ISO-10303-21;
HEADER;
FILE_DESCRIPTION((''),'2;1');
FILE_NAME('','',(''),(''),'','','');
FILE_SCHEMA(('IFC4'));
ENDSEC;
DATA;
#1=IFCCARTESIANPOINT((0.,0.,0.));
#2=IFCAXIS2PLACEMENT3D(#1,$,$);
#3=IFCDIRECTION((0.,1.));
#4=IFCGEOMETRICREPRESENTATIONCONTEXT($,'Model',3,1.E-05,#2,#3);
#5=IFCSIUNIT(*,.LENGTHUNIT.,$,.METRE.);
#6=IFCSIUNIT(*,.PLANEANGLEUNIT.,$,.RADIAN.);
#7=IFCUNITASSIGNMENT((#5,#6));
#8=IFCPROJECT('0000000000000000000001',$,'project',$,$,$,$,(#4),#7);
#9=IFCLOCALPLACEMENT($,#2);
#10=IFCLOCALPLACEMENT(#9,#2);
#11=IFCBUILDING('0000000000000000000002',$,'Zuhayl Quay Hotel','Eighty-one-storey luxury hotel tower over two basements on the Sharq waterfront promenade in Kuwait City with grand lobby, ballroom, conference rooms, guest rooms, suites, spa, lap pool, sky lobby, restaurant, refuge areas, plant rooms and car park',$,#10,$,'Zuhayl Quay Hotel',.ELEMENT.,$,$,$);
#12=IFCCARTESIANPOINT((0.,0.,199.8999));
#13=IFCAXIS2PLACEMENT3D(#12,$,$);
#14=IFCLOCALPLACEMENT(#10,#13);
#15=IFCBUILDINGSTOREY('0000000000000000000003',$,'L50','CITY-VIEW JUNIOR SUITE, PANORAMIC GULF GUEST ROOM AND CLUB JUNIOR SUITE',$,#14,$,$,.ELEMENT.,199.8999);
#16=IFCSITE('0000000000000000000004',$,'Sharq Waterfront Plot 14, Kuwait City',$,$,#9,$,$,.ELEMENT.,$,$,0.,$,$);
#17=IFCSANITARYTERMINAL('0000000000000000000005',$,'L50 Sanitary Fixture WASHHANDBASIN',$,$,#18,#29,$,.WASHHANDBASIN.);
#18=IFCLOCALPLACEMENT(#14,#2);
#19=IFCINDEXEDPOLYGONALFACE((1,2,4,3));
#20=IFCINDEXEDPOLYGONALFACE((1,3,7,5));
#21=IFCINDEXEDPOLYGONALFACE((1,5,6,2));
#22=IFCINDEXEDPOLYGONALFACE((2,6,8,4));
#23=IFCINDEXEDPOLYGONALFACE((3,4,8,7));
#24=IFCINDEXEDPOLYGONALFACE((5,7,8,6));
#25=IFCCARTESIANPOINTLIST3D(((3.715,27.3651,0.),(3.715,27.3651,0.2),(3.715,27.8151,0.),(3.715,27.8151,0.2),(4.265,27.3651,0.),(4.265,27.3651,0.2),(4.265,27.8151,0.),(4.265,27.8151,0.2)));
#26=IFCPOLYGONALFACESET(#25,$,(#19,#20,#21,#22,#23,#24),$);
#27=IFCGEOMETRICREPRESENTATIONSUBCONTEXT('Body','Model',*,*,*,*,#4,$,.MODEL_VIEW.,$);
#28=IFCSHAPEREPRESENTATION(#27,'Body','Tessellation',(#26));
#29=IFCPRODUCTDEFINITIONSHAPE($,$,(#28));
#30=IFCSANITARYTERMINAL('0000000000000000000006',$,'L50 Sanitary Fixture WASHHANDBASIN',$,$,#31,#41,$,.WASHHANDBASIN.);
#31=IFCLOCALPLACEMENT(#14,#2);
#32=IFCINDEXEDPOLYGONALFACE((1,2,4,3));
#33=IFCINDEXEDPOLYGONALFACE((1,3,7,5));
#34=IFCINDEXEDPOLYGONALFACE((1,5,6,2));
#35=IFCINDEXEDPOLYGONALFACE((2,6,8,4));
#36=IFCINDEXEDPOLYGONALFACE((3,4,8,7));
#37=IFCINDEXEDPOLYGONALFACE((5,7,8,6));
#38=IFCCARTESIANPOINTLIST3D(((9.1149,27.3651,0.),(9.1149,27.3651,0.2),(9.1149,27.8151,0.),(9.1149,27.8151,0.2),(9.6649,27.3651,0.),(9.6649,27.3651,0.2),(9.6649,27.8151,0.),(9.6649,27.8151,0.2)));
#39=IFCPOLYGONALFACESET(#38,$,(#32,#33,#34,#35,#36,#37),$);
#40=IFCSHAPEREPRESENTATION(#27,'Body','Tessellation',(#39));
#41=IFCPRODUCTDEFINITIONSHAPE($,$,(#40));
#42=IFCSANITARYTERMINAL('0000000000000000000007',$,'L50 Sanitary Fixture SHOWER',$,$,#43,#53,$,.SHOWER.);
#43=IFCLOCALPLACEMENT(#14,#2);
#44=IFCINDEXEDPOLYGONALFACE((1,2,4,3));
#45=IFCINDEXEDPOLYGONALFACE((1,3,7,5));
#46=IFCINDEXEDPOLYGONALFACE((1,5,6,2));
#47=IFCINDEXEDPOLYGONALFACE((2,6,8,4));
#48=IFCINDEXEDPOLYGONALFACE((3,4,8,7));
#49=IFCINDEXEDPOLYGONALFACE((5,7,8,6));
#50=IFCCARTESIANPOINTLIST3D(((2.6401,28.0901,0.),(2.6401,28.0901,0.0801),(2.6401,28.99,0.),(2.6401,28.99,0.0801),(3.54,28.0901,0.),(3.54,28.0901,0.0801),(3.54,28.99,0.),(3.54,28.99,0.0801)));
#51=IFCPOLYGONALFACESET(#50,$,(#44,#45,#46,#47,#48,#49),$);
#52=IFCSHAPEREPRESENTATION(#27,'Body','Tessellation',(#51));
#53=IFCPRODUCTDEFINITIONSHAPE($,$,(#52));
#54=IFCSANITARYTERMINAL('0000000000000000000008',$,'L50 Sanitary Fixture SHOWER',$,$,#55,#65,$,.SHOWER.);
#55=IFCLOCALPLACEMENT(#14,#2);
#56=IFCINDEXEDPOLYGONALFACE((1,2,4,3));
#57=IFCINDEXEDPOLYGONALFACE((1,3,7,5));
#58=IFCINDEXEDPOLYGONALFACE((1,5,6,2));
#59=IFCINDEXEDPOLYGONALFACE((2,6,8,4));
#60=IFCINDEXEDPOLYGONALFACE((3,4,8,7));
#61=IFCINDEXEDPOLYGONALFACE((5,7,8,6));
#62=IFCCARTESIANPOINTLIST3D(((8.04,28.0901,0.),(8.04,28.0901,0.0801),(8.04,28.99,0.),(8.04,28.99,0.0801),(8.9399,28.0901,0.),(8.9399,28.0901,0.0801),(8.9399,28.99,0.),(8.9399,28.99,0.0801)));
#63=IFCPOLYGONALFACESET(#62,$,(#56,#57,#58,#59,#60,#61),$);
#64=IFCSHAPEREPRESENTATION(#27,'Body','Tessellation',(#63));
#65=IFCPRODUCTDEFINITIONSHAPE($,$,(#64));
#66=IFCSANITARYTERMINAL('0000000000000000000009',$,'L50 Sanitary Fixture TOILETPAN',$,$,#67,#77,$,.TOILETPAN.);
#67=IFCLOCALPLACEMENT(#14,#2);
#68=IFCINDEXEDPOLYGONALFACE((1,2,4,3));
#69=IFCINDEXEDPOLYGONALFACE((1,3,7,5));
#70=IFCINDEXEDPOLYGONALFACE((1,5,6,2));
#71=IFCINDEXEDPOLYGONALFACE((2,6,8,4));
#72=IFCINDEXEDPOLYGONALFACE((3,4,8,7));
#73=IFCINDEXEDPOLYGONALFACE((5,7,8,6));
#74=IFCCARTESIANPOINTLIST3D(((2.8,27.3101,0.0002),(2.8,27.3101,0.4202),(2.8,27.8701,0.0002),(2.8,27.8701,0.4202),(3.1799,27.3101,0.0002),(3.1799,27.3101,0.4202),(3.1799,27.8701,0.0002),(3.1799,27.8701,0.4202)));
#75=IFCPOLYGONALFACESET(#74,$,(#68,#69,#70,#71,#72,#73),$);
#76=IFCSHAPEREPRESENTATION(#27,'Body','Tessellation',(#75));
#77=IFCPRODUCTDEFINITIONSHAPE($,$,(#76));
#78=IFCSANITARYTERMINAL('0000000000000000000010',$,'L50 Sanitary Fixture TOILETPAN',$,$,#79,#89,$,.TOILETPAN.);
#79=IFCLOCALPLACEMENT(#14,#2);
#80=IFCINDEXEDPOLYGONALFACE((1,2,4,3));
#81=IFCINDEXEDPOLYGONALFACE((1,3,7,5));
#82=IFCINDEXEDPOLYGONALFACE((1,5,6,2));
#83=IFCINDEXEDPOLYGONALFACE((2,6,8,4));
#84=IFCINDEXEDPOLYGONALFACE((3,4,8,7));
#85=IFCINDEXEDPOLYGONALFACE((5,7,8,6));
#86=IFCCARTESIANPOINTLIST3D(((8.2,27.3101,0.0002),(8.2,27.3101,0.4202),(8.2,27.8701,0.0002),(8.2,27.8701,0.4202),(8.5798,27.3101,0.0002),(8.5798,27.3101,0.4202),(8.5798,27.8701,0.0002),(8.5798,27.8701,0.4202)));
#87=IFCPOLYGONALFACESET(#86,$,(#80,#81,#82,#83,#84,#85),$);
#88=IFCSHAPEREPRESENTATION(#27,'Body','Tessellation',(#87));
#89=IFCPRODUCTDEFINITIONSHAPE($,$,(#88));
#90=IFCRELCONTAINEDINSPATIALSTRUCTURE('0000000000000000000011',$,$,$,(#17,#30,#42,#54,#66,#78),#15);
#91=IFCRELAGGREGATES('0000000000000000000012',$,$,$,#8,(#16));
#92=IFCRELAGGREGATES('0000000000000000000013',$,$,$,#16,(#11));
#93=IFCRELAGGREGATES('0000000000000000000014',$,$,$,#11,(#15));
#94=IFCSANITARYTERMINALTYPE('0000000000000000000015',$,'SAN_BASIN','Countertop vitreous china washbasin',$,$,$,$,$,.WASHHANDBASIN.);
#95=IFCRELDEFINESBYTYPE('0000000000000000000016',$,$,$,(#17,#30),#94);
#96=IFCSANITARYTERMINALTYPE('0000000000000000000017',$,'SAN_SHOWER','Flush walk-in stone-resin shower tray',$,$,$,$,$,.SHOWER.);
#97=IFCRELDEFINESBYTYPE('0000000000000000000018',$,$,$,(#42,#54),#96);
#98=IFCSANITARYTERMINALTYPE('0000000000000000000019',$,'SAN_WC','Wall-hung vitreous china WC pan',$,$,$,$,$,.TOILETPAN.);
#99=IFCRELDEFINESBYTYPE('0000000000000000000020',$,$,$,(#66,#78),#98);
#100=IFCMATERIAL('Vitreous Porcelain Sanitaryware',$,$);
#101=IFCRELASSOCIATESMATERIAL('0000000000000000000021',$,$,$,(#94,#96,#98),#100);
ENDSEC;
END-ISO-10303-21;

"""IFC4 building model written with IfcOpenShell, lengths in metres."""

from ifc_helpers import new_model, si_unit, direction, frame, origin, origin_2d, place, context, subcontext, project, spatial, rectangle, extrude, material, type_object, element, save


model = new_model("IFC4")

# Units and contexts
model_context = context("Model", 3, precision=1e-05, world=origin(), true_north=direction((0.0, 1.0)))
body_context = subcontext(model_context, "Body", "Model", "MODEL_VIEW")
ifc_project = project(units=[si_unit("LENGTHUNIT", "METRE"), si_unit("PLANEANGLEUNIT", "RADIAN")], contexts=[model_context])

# Site, building, storey
site_placement = place(None, origin())
site = spatial("IfcSite", under=ifc_project, at=site_placement, Name="Sharq Waterfront Plot 14, Kuwait City", CompositionType="ELEMENT", RefElevation=0.0)
building_placement = place(site_placement, origin())
building = spatial("IfcBuilding", under=site, at=building_placement, Name="Zuhayl Quay Hotel", Description="Eighty-one-storey luxury hotel tower over two basements on the Sharq waterfront promenade in Kuwait City with grand lobby, ballroom, conference rooms, guest rooms, suites, spa, lap pool, sky lobby, restaurant, refuge areas, plant rooms and car park", LongName="Zuhayl Quay Hotel", CompositionType="ELEMENT")
storey_placement = place(building_placement, frame((0.0, 0.0, 199.8999)))
storey = spatial("IfcBuildingStorey", under=building, at=storey_placement, Name="L50", Description="CITY-VIEW JUNIOR SUITE, PANORAMIC GULF GUEST ROOM AND CLUB JUNIOR SUITE", CompositionType="ELEMENT", Elevation=199.8999)

# Sanitary terminals
ifc_material_1 = material(Name="Vitreous Porcelain Sanitaryware")
sanitary_terminal_type_1 = type_object("IfcSanitaryTerminalType", Name="SAN_BASIN", Description="Countertop vitreous china washbasin", PredefinedType="WASHHANDBASIN", material=ifc_material_1)
for number, where, z_axis, x_axis, name in (
    (1, (3.99, 27.5901, 0.0), (0.0, 0.0, 1.0), (1.0, 0.0, 0.0), "L50 Sanitary Fixture WASHHANDBASIN"),
    (2, (9.3899, 27.5901, 0.0), (0.0, 0.0, 1.0), (1.0, 0.0, 0.0), "L50 Sanitary Fixture WASHHANDBASIN"),
):
    element("IfcSanitaryTerminal", number, at=place(storey_placement, frame(where, z_axis=z_axis, x_axis=x_axis)), inside=storey, type_object=sanitary_terminal_type_1, Name=name, PredefinedType="WASHHANDBASIN", context=body_context, shape_type="SweptSolid", body=[
        extrude(rectangle(XDim=0.55, YDim=0.45, at=origin_2d()), origin(), (0.0, 0.0, 1.0), 0.2),
    ])
sanitary_terminal_type_2 = type_object("IfcSanitaryTerminalType", Name="SAN_SHOWER", Description="Flush walk-in stone-resin shower tray", PredefinedType="SHOWER", material=ifc_material_1)
for number, where, z_axis, x_axis, name in (
    (3, (3.0901, 28.54, 0.0), (0.0, 0.0, 1.0), (1.0, 0.0, 0.0), "L50 Sanitary Fixture SHOWER"),
    (4, (8.49, 28.54, 0.0), (0.0, 0.0, 1.0), (1.0, 0.0, 0.0), "L50 Sanitary Fixture SHOWER"),
):
    element("IfcSanitaryTerminal", number, at=place(storey_placement, frame(where, z_axis=z_axis, x_axis=x_axis)), inside=storey, type_object=sanitary_terminal_type_2, Name=name, PredefinedType="SHOWER", context=body_context, shape_type="SweptSolid", body=[
        extrude(rectangle(XDim=0.8999, YDim=0.8999, at=origin_2d()), origin(), (0.0, 0.0, 1.0), 0.0801),
    ])
sanitary_terminal_type_3 = type_object("IfcSanitaryTerminalType", Name="SAN_WC", Description="Wall-hung vitreous china WC pan", PredefinedType="TOILETPAN", material=ifc_material_1)
for number, where, z_axis, x_axis, name in (
    (5, (2.99, 27.5901, 0.0002), (0.0, 0.0, 1.0), (1.0, 0.0, 0.0), "L50 Sanitary Fixture TOILETPAN"),
    (6, (8.3899, 27.5901, 0.0002), (0.0, 0.0, 1.0), (1.0, 0.0, 0.0), "L50 Sanitary Fixture TOILETPAN"),
):
    element("IfcSanitaryTerminal", number, at=place(storey_placement, frame(where, z_axis=z_axis, x_axis=x_axis)), inside=storey, type_object=sanitary_terminal_type_3, Name=name, PredefinedType="TOILETPAN", context=body_context, shape_type="SweptSolid", body=[
        extrude(rectangle(XDim=0.3799, YDim=0.5601, at=origin_2d()), origin(), (0.0, 0.0, 1.0), 0.4199),
    ])

save(model, "model.ifc")
